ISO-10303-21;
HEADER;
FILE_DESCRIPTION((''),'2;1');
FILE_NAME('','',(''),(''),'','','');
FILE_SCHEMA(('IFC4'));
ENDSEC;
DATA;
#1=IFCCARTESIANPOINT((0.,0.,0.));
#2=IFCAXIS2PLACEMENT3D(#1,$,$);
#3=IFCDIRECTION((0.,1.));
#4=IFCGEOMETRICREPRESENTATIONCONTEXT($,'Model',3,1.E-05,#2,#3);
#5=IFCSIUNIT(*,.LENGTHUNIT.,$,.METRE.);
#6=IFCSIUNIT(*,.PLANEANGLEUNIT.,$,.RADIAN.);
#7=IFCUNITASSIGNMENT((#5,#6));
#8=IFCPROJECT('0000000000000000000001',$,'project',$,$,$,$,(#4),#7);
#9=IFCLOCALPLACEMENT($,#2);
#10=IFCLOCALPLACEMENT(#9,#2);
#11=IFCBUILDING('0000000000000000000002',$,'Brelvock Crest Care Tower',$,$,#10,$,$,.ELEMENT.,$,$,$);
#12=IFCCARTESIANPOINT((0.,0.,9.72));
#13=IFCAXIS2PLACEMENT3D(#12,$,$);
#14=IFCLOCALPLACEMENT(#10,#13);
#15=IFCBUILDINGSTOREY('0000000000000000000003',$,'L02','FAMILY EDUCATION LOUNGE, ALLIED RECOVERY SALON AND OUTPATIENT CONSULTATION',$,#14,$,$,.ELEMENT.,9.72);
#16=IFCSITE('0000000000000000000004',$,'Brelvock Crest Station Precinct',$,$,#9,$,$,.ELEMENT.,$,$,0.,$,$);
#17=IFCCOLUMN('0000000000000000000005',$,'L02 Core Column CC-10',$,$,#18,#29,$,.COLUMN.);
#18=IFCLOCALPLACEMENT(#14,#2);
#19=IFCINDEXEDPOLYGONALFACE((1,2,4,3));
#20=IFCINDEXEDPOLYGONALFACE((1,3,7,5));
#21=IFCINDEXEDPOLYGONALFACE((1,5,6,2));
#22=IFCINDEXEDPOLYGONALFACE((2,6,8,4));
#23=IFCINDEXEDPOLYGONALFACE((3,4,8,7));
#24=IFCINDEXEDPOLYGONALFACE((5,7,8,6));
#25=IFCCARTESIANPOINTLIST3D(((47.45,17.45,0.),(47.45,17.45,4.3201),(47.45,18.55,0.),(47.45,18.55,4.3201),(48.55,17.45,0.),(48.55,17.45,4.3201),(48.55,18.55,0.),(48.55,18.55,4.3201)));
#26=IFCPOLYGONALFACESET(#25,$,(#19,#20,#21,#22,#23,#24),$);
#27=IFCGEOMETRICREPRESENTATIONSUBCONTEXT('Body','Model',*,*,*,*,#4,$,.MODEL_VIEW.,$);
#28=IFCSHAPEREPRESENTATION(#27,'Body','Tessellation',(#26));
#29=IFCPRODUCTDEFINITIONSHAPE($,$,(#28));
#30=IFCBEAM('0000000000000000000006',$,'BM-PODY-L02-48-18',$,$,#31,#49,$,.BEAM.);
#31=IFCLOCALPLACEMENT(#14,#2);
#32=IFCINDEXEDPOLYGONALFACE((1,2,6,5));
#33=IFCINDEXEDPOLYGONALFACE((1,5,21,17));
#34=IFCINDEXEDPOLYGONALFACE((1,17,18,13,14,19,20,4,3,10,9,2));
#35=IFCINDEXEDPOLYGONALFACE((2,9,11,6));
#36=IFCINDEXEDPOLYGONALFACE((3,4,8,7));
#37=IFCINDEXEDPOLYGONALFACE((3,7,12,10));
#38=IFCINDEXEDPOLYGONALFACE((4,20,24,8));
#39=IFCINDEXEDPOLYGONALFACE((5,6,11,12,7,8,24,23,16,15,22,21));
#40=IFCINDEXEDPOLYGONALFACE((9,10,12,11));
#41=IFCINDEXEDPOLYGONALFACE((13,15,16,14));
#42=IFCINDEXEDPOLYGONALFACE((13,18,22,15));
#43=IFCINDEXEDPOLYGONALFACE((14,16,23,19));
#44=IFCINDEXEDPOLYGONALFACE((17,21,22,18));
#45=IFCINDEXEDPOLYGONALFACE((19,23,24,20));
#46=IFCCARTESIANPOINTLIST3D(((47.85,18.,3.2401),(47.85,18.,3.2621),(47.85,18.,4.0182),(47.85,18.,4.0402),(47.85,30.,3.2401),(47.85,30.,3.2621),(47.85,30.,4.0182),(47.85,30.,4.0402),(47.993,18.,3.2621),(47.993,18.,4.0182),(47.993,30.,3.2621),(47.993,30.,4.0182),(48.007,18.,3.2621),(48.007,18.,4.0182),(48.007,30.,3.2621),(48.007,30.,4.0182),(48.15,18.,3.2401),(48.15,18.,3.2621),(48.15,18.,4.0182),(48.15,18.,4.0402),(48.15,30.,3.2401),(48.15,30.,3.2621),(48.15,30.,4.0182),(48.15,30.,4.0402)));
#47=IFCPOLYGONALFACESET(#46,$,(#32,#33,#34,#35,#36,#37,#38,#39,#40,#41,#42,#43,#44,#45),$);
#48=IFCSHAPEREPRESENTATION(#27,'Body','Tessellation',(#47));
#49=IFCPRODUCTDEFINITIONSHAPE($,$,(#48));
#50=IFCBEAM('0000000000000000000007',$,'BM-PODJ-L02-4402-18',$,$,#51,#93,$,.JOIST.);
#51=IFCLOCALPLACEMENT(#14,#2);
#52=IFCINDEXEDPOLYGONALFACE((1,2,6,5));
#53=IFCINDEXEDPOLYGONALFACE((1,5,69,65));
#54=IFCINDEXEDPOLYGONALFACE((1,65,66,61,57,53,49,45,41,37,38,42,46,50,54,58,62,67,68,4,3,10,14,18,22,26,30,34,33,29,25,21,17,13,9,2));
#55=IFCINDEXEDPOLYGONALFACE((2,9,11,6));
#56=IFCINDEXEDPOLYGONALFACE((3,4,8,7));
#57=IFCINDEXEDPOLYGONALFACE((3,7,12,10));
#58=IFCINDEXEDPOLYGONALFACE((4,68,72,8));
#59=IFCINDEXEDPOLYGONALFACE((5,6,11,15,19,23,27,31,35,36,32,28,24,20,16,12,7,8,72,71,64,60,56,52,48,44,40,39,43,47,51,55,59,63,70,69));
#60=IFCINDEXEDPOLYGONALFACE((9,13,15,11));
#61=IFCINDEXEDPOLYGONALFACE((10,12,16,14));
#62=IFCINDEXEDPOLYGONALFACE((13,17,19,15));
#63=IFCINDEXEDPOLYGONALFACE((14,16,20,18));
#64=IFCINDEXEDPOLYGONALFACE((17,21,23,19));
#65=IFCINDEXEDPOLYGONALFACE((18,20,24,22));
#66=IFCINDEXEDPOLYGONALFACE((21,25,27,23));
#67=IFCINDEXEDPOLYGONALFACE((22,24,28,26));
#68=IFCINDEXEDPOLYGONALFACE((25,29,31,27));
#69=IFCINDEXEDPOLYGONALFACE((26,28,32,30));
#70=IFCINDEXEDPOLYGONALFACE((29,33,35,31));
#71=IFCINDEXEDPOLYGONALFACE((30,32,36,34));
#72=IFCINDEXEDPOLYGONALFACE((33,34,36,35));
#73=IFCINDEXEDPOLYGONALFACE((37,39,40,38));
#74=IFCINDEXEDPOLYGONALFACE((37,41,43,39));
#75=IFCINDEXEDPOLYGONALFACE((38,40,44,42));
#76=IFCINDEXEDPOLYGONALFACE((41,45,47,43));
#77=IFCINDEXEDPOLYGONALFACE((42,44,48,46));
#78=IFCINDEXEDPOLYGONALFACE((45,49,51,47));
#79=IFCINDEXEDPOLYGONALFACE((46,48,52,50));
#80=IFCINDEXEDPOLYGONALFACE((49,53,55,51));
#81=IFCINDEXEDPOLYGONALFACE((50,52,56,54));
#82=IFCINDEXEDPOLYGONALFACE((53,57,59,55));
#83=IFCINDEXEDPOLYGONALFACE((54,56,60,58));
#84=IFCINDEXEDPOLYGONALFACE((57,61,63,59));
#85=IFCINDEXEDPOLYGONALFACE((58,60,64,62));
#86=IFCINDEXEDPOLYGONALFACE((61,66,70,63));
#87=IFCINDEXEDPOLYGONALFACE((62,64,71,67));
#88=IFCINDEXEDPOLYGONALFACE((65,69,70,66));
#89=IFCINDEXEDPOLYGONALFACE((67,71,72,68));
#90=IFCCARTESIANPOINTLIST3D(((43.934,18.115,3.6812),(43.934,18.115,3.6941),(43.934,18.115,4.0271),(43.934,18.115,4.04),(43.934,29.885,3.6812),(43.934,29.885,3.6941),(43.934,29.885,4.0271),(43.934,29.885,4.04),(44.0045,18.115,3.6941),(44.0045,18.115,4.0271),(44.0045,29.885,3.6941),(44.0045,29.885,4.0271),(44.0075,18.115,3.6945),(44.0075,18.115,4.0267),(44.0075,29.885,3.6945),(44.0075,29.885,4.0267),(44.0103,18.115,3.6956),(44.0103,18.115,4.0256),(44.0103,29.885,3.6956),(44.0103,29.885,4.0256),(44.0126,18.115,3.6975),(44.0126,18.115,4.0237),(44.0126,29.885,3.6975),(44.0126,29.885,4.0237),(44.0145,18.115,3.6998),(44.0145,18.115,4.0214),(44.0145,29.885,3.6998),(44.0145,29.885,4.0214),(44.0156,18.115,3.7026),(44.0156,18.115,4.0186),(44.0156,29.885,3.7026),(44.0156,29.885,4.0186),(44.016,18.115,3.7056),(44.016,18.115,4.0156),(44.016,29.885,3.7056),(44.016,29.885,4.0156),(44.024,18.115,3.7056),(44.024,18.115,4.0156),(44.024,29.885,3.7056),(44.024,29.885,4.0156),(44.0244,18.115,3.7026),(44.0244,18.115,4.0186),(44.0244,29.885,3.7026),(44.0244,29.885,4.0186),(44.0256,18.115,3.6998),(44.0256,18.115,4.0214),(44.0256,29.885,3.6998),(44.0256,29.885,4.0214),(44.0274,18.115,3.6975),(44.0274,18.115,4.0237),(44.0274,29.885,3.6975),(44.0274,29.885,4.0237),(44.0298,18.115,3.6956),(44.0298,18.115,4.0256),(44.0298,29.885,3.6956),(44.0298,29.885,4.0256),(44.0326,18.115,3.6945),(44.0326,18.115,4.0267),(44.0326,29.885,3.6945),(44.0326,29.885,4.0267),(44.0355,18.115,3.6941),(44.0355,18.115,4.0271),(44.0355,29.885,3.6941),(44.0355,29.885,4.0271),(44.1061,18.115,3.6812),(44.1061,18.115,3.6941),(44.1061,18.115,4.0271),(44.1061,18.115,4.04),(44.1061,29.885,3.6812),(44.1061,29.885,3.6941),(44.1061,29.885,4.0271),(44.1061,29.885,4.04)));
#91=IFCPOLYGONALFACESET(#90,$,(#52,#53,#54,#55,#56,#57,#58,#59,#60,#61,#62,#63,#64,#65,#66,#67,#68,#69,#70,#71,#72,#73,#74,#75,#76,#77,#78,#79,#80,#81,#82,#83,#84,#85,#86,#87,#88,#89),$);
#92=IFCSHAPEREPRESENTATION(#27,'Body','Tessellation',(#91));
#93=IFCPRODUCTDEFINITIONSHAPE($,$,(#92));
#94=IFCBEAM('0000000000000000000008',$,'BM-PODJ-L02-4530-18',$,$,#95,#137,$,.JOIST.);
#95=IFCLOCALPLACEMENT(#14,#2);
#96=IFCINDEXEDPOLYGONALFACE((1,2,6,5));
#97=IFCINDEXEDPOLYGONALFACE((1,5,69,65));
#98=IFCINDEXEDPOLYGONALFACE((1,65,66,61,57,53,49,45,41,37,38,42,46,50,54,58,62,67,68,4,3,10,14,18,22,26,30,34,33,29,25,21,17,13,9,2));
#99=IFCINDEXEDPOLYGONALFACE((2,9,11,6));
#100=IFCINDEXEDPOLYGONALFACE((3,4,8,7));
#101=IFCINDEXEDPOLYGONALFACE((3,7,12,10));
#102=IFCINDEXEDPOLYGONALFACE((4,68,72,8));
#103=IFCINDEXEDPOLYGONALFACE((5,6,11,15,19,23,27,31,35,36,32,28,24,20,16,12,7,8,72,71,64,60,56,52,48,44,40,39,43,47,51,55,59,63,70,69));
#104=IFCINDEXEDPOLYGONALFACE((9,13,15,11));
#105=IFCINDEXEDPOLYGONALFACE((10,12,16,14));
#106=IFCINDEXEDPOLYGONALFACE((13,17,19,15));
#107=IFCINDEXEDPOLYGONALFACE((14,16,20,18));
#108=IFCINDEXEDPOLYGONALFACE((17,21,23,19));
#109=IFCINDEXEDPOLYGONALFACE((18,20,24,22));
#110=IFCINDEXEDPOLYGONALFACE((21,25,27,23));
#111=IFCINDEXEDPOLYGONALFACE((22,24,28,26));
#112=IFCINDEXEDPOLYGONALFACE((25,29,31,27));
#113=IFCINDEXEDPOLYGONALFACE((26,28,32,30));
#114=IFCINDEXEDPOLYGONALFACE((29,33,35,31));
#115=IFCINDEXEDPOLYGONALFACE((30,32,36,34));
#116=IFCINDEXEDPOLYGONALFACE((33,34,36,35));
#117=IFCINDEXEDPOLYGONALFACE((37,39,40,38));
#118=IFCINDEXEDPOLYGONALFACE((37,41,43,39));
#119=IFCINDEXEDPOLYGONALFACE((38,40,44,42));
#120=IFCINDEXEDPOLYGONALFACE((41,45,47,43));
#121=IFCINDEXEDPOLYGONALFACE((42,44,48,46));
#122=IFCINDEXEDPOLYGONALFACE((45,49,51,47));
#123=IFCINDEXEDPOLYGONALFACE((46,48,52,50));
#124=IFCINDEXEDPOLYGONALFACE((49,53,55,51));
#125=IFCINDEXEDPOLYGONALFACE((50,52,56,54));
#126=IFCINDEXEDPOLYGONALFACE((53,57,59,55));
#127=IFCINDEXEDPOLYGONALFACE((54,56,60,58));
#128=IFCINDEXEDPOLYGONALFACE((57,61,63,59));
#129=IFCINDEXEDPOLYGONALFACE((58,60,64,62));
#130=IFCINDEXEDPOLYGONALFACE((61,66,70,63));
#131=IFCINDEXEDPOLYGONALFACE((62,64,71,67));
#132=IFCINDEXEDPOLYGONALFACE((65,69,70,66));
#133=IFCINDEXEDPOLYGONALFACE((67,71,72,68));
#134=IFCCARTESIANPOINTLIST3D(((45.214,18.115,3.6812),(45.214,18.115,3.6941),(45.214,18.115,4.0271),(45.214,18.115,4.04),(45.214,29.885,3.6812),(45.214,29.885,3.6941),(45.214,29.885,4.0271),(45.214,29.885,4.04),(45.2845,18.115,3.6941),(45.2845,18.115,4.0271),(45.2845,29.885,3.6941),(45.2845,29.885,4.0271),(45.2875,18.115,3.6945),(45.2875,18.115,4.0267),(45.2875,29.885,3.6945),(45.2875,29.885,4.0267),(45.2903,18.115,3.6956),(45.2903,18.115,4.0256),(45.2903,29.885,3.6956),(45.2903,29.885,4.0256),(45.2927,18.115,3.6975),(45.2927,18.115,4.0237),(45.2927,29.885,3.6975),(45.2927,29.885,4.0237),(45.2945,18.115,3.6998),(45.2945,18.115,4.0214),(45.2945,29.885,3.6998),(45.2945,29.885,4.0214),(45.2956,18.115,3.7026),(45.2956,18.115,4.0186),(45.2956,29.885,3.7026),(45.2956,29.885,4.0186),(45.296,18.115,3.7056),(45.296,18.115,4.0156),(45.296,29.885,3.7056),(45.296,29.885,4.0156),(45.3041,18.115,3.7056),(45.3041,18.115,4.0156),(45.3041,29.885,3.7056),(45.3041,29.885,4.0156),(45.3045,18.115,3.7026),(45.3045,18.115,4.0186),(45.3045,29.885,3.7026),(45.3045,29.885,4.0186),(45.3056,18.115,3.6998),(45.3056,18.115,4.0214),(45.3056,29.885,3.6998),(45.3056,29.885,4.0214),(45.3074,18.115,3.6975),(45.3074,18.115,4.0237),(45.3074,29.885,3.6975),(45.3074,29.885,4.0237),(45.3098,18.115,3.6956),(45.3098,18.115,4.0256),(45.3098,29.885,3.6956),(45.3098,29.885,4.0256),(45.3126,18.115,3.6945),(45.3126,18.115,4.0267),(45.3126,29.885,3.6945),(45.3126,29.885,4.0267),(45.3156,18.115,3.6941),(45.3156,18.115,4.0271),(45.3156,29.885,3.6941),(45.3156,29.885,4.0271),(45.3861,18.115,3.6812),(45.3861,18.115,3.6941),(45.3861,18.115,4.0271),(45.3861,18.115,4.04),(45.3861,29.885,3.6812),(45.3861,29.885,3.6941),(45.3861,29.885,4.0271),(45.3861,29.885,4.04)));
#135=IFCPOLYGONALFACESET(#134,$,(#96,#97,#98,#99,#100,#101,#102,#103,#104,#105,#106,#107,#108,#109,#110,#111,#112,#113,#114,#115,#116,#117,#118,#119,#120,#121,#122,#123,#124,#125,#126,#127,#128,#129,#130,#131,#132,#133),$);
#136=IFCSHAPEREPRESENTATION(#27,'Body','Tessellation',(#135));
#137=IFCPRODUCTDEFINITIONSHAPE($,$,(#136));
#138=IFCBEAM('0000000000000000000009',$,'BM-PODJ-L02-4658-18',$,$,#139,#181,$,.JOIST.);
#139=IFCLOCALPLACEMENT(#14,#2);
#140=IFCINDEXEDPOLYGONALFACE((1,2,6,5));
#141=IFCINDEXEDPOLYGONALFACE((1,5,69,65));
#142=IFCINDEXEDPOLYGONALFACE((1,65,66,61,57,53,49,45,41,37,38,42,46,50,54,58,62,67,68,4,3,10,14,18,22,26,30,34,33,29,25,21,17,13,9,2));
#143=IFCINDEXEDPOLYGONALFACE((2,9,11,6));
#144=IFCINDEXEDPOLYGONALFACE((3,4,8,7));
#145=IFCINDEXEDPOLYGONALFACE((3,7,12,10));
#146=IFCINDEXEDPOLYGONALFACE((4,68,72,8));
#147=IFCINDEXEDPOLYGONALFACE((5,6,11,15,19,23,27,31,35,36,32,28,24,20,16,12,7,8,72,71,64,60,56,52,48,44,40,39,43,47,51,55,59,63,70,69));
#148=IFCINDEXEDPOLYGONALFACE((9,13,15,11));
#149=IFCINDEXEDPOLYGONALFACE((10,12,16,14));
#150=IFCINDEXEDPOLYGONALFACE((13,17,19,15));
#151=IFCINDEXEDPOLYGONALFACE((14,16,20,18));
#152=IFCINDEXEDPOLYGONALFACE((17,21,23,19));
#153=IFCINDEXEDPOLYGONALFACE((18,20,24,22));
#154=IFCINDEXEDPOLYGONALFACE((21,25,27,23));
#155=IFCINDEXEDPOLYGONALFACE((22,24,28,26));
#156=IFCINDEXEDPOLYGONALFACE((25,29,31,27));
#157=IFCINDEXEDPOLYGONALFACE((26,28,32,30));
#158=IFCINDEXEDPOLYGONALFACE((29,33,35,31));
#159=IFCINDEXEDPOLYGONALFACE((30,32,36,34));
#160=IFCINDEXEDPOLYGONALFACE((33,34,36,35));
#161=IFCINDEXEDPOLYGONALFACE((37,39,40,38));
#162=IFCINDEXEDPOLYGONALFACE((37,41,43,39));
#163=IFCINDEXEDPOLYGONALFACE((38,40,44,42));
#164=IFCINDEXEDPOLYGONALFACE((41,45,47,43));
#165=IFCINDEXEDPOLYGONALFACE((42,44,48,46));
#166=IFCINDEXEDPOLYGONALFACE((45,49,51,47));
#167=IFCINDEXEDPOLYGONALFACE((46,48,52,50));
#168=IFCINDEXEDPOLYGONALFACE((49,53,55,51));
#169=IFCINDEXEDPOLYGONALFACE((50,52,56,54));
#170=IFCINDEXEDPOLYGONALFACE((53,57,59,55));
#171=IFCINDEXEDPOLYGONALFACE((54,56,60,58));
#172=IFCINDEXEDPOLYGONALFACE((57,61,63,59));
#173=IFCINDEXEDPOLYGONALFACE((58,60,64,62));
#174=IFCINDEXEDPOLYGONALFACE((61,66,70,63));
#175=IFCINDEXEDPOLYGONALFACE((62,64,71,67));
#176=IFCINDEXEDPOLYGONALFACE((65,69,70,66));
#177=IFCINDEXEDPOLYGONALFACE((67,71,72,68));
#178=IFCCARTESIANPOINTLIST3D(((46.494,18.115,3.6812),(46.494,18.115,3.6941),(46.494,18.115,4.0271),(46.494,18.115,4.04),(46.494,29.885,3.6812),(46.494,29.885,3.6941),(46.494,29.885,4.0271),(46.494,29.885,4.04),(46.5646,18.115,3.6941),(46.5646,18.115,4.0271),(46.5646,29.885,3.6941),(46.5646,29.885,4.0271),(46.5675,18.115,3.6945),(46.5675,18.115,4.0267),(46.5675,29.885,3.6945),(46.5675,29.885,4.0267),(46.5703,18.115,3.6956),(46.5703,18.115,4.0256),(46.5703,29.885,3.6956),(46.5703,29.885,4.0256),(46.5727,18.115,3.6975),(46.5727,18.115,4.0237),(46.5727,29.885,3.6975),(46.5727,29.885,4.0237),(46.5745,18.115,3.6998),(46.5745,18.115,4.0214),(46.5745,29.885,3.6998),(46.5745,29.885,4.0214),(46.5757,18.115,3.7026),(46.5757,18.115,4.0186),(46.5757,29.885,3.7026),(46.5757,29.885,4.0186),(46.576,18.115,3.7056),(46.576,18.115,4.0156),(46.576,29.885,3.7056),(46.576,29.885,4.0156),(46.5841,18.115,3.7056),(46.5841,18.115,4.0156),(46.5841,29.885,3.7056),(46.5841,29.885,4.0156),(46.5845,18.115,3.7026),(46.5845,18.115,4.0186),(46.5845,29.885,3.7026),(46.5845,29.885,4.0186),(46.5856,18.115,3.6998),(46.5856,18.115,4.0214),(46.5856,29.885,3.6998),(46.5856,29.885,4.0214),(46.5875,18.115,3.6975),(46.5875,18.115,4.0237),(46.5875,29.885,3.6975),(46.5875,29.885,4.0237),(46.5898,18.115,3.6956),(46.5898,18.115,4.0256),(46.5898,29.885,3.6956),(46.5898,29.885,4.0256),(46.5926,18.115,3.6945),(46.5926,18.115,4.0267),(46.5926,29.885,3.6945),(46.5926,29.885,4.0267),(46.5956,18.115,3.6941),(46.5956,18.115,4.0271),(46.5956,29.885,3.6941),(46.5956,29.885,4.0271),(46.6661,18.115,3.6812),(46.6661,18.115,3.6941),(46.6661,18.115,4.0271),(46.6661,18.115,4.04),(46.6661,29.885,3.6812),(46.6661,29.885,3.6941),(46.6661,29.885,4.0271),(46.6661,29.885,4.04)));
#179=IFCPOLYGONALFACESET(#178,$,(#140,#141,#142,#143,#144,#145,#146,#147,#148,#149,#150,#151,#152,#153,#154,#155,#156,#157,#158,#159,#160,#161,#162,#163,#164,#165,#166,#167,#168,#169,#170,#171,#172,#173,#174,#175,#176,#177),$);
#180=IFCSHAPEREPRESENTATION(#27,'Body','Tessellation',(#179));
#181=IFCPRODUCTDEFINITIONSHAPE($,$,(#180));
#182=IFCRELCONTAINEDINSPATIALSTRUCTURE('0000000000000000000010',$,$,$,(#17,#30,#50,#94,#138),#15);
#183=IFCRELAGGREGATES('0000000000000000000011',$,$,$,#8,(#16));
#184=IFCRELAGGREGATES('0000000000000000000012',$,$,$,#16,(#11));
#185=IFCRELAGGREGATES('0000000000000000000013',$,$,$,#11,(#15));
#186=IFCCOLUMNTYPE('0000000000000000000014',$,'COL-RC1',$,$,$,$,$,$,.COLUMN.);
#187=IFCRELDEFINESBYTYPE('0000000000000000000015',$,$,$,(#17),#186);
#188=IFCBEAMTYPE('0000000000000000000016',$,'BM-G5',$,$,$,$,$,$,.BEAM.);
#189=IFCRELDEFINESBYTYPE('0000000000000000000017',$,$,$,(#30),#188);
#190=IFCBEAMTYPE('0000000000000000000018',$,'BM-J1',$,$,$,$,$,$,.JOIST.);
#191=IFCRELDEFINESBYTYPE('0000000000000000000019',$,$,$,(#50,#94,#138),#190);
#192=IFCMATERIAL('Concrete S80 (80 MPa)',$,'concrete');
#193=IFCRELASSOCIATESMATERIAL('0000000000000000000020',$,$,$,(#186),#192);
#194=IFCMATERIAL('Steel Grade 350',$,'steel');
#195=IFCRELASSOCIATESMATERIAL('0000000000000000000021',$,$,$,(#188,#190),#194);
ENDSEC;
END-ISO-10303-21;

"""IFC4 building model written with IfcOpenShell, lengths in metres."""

from ifc_helpers import new_model, si_unit, direction, frame, origin, origin_2d, place, context, subcontext, project, spatial, rectangle, i_section, extrude, source, transform, mapped, material, material_profile, profile_set, type_object, element, save


model = new_model("IFC4")

# Units and contexts
model_context = context("Model", 3, precision=1e-05, world=origin(), true_north=direction((0.0, 1.0)))
body_context = subcontext(model_context, "Body", "Model", "MODEL_VIEW")
ifc_project = project(units=[si_unit("LENGTHUNIT", "METRE"), si_unit("PLANEANGLEUNIT", "RADIAN")], contexts=[model_context])

# Site, building, storey
site_placement = place(None, origin())
site = spatial("IfcSite", under=ifc_project, at=site_placement, Name="Brelvock Crest Station Precinct", CompositionType="ELEMENT", RefElevation=0.0)
building_placement = place(site_placement, origin())
building = spatial("IfcBuilding", under=site, at=building_placement, Name="Brelvock Crest Care Tower", CompositionType="ELEMENT")
storey_placement = place(building_placement, frame((0.0, 0.0, 9.72)))
storey = spatial("IfcBuildingStorey", under=building, at=storey_placement, Name="L02", Description="FAMILY EDUCATION LOUNGE, ALLIED RECOVERY SALON AND OUTPATIENT CONSULTATION", CompositionType="ELEMENT", Elevation=9.72)

# Column
ifc_material_1 = material(Name="Concrete S80 (80 MPa)", Category="concrete")
ifc_material_profile_1 = material_profile(ifc_material_1, rectangle(XDim=1.1001, YDim=1.1001, at=origin_2d()), Name="RC1100x1100")
ifc_profile_set_1 = profile_set([ifc_material_profile_1], Name="Concrete S80 (80 MPa)")
column_type = type_object("IfcColumnType", Name="COL-RC1", PredefinedType="COLUMN", material=ifc_profile_set_1)
shared_shape_1 = source(origin(), body_context, "Body", "SweptSolid", [
    extrude(rectangle(XDim=1.1001, YDim=1.1001, at=origin_2d()), origin(), (0.0, 0.0, 1.0), 4.3201),
])
column_placement = place(storey_placement, frame((48.0, 18.0, 0.0), z_axis=(0.0, 0.0, 1.0), x_axis=(1.0, 0.0, 0.0)))
element("IfcColumn", 1, at=column_placement, inside=storey, type_object=column_type, Name="L02 Core Column CC-10", PredefinedType="COLUMN", context=body_context, shape_type="MappedRepresentation", body=[
    mapped(shared_shape_1, transform((0.0, 0.0, 0.0), x_axis=(1.0, 0.0, 0.0), y_axis=(0.0, 1.0, 0.0), z_axis=(0.0, 0.0, 1.0), scale=1.0)),
])

# Beams
ifc_material_2 = material(Name="Steel Grade 350", Category="steel")
ifc_material_profile_2 = material_profile(ifc_material_2, i_section(OverallWidth=0.3, OverallDepth=0.8, WebThickness=0.0139, FlangeThickness=0.022, at=origin_2d()), Name="800WB192")
ifc_profile_set_2 = profile_set([ifc_material_profile_2], Name="Steel Grade 350")
beam_type_1 = type_object("IfcBeamType", Name="BM-G5", PredefinedType="BEAM", material=ifc_profile_set_2)
shared_shape_2 = source(origin(), body_context, "Body", "SweptSolid", [
    extrude(i_section(OverallWidth=0.3, OverallDepth=0.8, WebThickness=0.0139, FlangeThickness=0.022, at=origin_2d()), origin(), (0.0, 0.0, 1.0), 12.0),
])
beam_1_placement = place(storey_placement, frame((48.0, 18.0, 3.6401), z_axis=(0.0, 1.0, 0.0), x_axis=(-1.0, 0.0, 0.0)))
element("IfcBeam", 2, at=beam_1_placement, inside=storey, type_object=beam_type_1, Name="BM-PODY-L02-48-18", PredefinedType="BEAM", context=body_context, shape_type="MappedRepresentation", body=[
    mapped(shared_shape_2, transform((0.0, 0.0, 0.0), x_axis=(1.0, 0.0, 0.0), y_axis=(0.0, 1.0, 0.0), z_axis=(0.0, 0.0, 1.0), scale=1.0)),
])
ifc_material_profile_3 = material_profile(ifc_material_2, i_section(OverallWidth=0.1721, OverallDepth=0.3589, WebThickness=0.0081, FlangeThickness=0.0129, FilletRadius=0.0115, at=origin_2d()), Name="360UB56.7")
ifc_profile_set_3 = profile_set([ifc_material_profile_3], Name="Steel Grade 350")
beam_type_2 = type_object("IfcBeamType", Name="BM-J1", PredefinedType="JOIST", material=ifc_profile_set_3)
shared_shape_3 = source(origin(), body_context, "Body", "SweptSolid", [
    extrude(i_section(OverallWidth=0.1721, OverallDepth=0.3589, WebThickness=0.0081, FlangeThickness=0.0129, FilletRadius=0.0115, at=origin_2d()), origin(), (0.0, 0.0, 1.0), 11.77),
])
for number, where, z_axis, x_axis, name in (
    (3, (44.02, 18.115, 3.8606), (0.0, 1.0, 0.0), (-1.0, 0.0, 0.0), "BM-PODJ-L02-4402-18"),
    (4, (45.3, 18.115, 3.8606), (0.0, 1.0, 0.0), (-1.0, 0.0, 0.0), "BM-PODJ-L02-4530-18"),
    (5, (46.5801, 18.115, 3.8606), (0.0, 1.0, 0.0), (-1.0, 0.0, 0.0), "BM-PODJ-L02-4658-18"),
):
    element("IfcBeam", number, at=place(storey_placement, frame(where, z_axis=z_axis, x_axis=x_axis)), inside=storey, type_object=beam_type_2, Name=name, PredefinedType="JOIST", context=body_context, shape_type="MappedRepresentation", body=[
        mapped(shared_shape_3, transform((0.0, 0.0, 0.0), x_axis=(1.0, 0.0, 0.0), y_axis=(0.0, 1.0, 0.0), z_axis=(0.0, 0.0, 1.0), scale=1.0)),
    ])

save(model, "model.ifc")
